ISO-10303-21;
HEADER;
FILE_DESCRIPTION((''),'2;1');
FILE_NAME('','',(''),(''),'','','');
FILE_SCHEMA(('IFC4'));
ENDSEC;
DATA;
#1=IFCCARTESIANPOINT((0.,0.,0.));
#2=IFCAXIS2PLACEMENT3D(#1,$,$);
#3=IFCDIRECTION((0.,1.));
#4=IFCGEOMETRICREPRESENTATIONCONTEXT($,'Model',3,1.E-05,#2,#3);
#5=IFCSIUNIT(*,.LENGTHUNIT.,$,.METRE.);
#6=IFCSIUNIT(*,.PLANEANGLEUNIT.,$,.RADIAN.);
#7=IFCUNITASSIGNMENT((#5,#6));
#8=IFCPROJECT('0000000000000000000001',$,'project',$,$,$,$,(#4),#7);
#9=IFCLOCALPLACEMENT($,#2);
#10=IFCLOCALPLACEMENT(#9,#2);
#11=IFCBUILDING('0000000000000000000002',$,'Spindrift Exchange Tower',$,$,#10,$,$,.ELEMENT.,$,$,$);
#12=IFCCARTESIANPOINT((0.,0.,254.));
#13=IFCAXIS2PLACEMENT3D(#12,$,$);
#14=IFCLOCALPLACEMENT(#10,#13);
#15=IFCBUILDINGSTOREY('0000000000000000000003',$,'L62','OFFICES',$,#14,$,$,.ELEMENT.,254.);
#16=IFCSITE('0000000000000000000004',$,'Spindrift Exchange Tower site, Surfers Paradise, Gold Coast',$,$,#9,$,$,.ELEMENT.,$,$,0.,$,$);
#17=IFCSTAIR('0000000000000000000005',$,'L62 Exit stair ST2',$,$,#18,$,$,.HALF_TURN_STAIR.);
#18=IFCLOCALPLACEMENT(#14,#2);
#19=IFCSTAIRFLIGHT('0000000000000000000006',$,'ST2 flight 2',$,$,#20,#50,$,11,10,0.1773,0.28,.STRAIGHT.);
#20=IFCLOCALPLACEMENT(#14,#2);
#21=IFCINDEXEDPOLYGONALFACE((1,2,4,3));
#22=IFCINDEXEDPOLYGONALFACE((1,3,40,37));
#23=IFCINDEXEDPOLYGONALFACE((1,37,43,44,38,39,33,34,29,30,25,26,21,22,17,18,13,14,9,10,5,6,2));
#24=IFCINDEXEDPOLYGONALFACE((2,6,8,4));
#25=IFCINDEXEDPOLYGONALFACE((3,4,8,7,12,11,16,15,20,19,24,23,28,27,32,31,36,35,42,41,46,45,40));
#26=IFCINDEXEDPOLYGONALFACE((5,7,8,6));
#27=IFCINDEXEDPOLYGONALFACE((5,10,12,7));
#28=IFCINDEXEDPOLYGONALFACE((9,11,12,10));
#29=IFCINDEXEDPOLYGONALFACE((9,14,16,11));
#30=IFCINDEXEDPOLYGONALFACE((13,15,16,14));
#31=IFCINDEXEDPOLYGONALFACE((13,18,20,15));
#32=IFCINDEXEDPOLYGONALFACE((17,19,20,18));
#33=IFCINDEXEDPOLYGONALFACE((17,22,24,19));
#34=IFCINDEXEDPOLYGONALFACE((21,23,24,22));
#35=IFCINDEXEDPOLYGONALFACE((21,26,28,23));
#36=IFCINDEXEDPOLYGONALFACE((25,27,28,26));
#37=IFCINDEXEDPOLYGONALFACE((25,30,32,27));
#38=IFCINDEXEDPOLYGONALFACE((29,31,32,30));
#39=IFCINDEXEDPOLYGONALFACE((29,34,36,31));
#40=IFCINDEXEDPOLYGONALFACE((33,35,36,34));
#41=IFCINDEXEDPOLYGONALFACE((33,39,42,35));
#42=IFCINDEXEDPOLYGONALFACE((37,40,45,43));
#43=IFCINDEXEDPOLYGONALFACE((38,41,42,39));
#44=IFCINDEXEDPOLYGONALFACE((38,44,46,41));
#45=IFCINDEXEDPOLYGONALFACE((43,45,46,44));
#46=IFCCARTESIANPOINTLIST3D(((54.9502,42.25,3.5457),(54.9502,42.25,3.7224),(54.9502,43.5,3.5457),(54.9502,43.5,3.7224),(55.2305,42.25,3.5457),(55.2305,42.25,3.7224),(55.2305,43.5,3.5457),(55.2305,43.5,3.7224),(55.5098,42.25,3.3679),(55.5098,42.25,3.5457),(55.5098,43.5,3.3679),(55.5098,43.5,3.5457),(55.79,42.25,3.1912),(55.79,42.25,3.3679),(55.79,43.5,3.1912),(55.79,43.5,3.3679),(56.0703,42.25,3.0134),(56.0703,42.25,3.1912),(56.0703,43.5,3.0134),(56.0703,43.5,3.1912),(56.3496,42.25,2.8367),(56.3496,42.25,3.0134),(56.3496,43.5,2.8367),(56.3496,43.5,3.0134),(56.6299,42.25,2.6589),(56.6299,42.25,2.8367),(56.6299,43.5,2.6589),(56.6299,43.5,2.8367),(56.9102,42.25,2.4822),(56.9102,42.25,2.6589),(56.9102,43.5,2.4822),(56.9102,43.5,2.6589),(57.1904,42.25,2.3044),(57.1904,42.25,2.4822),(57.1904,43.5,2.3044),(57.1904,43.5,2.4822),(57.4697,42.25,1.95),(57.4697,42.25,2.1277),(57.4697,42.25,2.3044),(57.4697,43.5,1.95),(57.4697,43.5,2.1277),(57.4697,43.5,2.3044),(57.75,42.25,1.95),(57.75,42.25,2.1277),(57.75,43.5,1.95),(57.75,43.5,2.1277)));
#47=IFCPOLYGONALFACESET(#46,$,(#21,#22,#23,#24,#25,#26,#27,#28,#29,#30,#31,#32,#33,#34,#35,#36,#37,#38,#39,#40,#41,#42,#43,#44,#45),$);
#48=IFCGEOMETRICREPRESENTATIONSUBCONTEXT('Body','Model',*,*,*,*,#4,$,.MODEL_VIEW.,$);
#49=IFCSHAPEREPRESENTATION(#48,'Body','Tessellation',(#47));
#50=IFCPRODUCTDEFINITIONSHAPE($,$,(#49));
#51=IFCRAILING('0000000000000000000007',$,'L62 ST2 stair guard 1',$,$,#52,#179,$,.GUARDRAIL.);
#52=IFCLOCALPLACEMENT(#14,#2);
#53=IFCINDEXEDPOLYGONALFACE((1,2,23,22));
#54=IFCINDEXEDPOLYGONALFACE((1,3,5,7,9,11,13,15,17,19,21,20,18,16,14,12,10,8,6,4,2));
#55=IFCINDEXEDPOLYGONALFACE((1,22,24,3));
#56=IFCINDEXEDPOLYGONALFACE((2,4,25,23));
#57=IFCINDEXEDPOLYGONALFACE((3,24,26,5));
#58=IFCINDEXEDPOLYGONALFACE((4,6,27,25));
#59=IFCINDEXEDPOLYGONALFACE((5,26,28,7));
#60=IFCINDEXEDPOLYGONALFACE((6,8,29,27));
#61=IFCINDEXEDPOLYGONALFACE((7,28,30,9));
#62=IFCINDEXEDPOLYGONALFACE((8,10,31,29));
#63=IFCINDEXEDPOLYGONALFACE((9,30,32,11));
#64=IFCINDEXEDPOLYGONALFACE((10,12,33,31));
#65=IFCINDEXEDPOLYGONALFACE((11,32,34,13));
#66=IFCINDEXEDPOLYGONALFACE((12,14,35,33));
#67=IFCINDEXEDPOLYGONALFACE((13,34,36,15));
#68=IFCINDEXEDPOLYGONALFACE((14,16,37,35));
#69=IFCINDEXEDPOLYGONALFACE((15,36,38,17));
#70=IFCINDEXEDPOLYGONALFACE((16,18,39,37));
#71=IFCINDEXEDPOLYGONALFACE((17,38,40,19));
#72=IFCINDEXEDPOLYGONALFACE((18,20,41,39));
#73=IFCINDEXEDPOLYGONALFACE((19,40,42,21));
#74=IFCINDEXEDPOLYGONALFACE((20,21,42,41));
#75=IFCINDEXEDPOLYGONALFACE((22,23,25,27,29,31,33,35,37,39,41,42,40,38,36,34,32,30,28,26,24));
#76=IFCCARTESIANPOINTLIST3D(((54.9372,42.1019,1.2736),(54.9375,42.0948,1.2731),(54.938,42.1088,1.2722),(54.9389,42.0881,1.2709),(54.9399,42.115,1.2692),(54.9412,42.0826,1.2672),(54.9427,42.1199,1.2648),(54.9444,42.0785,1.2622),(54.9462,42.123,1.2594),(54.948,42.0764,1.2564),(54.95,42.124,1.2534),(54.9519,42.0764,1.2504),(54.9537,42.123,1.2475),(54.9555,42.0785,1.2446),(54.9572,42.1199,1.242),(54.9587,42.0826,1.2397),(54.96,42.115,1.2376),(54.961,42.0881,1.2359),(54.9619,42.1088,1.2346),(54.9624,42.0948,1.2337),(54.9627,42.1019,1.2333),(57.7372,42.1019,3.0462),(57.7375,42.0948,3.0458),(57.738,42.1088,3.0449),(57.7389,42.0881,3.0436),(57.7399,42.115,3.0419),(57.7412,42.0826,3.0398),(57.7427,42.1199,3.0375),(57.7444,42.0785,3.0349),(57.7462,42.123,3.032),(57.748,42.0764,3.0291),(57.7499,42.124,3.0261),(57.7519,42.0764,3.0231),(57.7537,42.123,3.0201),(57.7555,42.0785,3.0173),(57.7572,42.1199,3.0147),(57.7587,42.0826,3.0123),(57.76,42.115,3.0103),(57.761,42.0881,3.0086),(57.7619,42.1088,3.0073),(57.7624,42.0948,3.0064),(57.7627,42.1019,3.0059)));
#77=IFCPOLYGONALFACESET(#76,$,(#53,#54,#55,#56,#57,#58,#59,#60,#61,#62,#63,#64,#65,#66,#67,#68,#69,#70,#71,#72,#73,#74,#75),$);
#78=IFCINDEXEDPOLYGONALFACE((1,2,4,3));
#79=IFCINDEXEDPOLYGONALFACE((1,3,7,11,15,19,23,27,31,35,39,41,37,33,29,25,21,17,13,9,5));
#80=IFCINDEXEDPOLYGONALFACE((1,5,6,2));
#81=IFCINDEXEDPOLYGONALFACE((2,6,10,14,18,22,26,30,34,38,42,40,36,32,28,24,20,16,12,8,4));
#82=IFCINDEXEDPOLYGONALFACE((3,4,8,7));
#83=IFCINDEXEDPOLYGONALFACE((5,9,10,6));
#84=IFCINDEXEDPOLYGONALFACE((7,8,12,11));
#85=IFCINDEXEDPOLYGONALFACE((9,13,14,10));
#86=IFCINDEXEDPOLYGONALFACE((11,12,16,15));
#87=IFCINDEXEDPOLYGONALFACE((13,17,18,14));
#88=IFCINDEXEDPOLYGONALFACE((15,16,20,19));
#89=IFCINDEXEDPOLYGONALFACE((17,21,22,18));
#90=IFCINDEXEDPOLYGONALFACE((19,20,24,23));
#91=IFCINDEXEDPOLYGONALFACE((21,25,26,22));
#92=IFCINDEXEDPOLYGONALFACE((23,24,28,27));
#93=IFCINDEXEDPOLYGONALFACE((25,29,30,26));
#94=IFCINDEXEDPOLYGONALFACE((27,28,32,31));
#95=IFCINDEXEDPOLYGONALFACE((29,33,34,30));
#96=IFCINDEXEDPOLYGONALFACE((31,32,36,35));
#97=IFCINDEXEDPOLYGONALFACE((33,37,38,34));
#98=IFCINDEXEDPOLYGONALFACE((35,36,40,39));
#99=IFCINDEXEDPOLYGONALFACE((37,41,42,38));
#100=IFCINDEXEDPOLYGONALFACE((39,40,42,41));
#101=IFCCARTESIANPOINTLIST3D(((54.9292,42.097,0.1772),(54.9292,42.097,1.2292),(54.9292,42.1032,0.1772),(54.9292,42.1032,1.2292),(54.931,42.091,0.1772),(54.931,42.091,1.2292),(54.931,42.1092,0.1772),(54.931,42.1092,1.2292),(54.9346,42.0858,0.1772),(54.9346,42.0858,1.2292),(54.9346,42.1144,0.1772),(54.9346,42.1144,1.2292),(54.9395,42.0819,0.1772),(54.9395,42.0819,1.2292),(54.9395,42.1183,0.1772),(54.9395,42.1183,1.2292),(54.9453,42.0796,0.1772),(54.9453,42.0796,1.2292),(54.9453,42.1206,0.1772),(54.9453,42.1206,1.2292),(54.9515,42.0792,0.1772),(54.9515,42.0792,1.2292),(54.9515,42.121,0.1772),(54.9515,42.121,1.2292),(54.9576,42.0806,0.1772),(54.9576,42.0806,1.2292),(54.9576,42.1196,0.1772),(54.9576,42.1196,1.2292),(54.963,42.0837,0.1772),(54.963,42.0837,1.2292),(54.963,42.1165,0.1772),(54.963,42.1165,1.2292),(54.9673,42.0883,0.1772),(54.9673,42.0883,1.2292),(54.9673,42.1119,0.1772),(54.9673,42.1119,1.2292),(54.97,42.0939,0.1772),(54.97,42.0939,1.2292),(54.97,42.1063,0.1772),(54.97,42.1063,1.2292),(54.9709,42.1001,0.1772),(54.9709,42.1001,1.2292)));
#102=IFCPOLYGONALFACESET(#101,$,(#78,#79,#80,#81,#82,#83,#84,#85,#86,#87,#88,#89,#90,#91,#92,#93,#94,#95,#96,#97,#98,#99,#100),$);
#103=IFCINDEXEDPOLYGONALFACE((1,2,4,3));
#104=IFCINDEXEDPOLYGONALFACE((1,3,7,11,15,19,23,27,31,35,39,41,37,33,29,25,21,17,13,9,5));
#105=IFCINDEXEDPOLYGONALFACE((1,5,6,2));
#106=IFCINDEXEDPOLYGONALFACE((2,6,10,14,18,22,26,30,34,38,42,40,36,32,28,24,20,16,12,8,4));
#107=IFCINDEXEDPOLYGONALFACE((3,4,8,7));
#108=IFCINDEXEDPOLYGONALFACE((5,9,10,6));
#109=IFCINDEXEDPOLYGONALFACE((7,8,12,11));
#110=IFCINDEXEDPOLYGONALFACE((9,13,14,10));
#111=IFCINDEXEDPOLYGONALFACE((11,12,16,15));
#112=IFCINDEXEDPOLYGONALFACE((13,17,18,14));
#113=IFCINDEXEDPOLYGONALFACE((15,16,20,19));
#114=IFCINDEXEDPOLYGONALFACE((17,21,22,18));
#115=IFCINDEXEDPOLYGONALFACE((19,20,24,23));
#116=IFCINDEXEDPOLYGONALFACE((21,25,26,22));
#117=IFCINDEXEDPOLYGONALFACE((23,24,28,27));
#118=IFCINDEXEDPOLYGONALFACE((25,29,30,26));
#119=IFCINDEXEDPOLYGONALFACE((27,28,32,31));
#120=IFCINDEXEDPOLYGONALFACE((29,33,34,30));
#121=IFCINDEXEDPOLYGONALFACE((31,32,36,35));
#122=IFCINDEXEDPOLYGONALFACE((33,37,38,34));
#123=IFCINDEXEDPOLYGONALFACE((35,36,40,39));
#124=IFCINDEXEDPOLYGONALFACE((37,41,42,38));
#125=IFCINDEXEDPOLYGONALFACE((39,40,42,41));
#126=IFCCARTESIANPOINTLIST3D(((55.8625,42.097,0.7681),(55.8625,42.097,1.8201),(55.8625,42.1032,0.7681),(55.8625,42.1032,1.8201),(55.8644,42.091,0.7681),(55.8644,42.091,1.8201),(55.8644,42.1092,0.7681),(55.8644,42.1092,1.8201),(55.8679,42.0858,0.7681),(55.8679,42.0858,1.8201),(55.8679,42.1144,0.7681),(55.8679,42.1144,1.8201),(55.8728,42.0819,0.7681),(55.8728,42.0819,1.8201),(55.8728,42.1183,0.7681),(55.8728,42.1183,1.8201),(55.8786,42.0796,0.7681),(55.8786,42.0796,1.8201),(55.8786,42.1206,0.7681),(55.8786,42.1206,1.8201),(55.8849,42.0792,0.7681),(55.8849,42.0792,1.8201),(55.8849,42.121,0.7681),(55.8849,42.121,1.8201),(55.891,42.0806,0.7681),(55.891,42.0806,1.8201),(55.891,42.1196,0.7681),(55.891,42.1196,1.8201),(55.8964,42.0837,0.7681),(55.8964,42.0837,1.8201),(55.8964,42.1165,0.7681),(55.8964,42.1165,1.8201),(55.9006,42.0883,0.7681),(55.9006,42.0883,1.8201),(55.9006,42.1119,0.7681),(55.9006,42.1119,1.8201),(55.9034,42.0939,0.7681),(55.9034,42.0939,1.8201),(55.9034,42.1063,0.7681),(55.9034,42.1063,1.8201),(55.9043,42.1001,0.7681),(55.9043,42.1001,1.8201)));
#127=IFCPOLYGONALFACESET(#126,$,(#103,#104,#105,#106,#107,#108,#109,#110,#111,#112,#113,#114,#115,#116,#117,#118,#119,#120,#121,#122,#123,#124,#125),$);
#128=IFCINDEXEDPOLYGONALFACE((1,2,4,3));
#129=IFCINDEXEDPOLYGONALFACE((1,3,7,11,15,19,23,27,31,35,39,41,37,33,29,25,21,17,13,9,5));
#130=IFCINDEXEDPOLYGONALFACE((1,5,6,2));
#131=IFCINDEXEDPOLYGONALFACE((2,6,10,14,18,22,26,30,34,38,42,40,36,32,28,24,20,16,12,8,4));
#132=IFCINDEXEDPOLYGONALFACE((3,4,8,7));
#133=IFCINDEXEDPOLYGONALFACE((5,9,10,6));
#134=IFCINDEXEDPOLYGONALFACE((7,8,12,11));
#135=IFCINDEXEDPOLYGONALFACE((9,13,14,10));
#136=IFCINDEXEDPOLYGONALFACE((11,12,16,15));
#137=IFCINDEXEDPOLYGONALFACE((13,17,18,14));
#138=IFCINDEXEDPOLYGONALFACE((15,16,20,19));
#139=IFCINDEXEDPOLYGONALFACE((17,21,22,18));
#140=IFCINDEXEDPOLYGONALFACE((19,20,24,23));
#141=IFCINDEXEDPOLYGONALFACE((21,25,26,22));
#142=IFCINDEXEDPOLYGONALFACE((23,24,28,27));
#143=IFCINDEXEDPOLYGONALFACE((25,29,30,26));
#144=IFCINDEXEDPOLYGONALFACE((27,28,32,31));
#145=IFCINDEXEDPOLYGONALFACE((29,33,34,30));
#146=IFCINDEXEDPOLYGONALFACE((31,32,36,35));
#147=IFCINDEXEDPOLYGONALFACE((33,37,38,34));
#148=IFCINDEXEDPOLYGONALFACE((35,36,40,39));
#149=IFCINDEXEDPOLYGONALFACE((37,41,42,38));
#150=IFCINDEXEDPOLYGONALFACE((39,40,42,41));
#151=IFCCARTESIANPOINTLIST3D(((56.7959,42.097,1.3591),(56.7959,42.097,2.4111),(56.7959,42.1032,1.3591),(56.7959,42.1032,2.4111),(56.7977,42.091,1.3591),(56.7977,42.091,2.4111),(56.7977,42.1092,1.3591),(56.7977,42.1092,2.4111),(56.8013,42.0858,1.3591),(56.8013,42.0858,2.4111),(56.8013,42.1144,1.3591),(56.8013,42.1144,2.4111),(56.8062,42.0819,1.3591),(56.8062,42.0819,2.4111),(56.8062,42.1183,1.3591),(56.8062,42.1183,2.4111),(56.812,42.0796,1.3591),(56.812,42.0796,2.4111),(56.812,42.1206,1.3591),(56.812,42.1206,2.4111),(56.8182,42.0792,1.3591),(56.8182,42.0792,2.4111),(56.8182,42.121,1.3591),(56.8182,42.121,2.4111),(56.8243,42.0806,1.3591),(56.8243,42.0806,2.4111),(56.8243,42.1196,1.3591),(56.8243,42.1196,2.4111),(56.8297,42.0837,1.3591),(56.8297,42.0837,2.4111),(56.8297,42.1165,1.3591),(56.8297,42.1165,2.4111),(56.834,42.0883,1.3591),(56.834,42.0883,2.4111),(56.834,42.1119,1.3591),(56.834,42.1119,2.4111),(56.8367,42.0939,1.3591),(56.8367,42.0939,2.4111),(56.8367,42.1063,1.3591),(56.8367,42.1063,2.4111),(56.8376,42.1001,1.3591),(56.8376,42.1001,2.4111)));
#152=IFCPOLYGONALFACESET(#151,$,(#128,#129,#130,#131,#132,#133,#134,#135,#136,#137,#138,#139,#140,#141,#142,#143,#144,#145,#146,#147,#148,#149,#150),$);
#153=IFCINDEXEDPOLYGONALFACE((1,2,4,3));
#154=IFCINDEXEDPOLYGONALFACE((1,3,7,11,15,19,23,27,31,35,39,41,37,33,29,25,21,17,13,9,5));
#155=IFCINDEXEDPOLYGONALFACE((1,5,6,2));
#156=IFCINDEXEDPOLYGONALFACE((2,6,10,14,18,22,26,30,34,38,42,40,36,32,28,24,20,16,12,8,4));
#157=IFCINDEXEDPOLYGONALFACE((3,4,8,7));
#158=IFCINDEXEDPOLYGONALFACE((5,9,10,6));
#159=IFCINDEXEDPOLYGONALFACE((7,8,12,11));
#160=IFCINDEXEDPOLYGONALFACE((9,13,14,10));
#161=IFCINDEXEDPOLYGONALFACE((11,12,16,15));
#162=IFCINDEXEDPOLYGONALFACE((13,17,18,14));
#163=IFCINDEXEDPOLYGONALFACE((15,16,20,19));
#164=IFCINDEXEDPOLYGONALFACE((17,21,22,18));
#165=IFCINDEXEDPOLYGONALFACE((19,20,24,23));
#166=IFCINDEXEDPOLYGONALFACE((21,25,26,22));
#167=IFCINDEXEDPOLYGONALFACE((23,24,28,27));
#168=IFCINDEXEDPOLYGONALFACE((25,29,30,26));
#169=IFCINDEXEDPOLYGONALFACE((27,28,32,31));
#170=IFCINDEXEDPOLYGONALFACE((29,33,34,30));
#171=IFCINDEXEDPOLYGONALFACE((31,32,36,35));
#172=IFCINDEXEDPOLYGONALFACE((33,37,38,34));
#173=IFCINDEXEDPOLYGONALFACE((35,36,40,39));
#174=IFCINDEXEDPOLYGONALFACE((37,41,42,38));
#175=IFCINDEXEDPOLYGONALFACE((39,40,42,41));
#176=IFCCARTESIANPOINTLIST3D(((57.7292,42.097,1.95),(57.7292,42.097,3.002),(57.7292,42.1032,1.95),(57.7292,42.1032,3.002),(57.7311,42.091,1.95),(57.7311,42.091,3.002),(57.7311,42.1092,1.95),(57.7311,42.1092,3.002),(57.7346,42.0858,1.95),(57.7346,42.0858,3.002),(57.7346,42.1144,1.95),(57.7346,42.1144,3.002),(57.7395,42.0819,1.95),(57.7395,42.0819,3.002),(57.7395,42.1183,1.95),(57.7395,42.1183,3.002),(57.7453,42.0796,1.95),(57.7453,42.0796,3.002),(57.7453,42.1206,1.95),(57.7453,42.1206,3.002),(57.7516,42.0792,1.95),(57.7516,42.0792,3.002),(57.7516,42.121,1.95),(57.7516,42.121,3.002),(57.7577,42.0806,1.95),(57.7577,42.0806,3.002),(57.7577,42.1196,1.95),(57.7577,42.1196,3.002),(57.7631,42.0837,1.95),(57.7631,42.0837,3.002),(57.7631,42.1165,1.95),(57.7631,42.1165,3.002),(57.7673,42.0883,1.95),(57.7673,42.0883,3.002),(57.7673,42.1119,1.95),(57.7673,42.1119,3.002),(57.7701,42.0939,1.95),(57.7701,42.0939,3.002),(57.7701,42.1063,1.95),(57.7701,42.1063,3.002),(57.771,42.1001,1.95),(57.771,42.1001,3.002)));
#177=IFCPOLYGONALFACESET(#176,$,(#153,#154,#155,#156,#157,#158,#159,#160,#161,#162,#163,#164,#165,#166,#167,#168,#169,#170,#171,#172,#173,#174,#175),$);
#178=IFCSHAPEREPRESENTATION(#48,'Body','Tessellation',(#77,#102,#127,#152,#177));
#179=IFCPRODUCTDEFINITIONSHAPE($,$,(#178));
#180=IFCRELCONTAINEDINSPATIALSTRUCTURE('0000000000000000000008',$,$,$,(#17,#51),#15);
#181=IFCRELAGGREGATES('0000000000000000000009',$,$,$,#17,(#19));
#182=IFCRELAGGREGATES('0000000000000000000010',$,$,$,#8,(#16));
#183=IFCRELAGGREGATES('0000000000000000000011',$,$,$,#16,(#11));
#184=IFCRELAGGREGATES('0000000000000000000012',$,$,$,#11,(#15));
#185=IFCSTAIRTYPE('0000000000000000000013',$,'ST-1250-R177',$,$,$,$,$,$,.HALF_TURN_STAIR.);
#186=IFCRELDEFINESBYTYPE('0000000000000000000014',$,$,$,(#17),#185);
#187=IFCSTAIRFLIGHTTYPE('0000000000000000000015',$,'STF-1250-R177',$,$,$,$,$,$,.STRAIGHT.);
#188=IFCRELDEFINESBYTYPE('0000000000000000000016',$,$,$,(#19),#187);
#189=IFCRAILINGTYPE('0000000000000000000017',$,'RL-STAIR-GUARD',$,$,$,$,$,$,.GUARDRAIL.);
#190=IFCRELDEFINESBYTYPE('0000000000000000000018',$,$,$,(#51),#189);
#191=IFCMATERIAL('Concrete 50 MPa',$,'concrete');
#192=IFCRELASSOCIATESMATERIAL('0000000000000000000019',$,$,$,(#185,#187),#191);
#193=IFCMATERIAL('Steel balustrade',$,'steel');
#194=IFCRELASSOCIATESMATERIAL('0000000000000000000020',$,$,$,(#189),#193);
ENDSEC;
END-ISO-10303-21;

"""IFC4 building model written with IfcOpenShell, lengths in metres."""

from ifc_helpers import new_model, si_unit, direction, frame, origin, origin_2d, place, context, subcontext, project, spatial, line, indexed_curve, circle, outline, extrude, material, type_object, element, aggregate, save


model = new_model("IFC4")

# Units and contexts
model_context = context("Model", 3, precision=1e-05, world=origin(), true_north=direction((0.0, 1.0)))
body_context = subcontext(model_context, "Body", "Model", "MODEL_VIEW")
ifc_project = project(units=[si_unit("LENGTHUNIT", "METRE"), si_unit("PLANEANGLEUNIT", "RADIAN")], contexts=[model_context])

# Site, building, storey
site_placement = place(None, origin())
site = spatial("IfcSite", under=ifc_project, at=site_placement, Name="Spindrift Exchange Tower site, Surfers Paradise, Gold Coast", CompositionType="ELEMENT", RefElevation=0.0)
building_placement = place(site_placement, origin())
building = spatial("IfcBuilding", under=site, at=building_placement, Name="Spindrift Exchange Tower", CompositionType="ELEMENT")
storey_placement = place(building_placement, frame((0.0, 0.0, 254.0)))
storey = spatial("IfcBuildingStorey", under=building, at=storey_placement, Name="L62", Description="OFFICES", CompositionType="ELEMENT", Elevation=254.0)

# Shared definitions
ifc_material_1 = material(Name="Concrete 50 MPa", Category="concrete")

# Stair, stair flight
stair_type = type_object("IfcStairType", Name="ST-1250-R177", PredefinedType="HALF_TURN_STAIR", material=ifc_material_1)
stair_placement = place(storey_placement, origin())
stair = element("IfcStair", 1, at=stair_placement, inside=storey, type_object=stair_type, Name="L62 Exit stair ST2", PredefinedType="HALF_TURN_STAIR")
stair_flight_type = type_object("IfcStairFlightType", Name="STF-1250-R177", PredefinedType="STRAIGHT", material=ifc_material_1)
stair_flight_1_placement = place(storey_placement, frame((57.75, 42.875, 1.95), z_axis=(0.0, 0.0, 1.0), x_axis=(-1.0, 0.0, 0.0)))
stair_flight_1 = element("IfcStairFlight", 2, at=stair_flight_1_placement, type_object=stair_flight_type, Name="ST2 flight 2", NumberOfRisers=11, NumberOfTreads=10, PredefinedType="STRAIGHT", RiserHeight=0.1773, TreadLength=0.28, context=body_context, shape_type="SweptSolid", body=[
    extrude(outline(indexed_curve([(0.0, 0.0), (0.0, 0.1777), (0.2803, 0.1777), (0.2803, 0.3545), (0.5596, 0.3545), (0.5596, 0.5322), (0.8398, 0.5322), (0.8398, 0.709), (1.1201, 0.709), (1.1201, 0.8867), (1.4004, 0.8867), (1.4004, 1.0635), (1.6797, 1.0635), (1.6797, 1.2412), (1.96, 1.2412), (1.96, 1.418), (2.2402, 1.418), (2.2402, 1.5957), (2.5195, 1.5957), (2.5195, 1.7725), (2.7998, 1.7725), (2.7998, 1.9502), (2.7998, 1.5957), (0.2803, 0.0)], segments=[line(1, 2, 3, 4, 5, 6, 7, 8, 9, 10, 11, 12, 13, 14, 15, 16, 17, 18, 19, 20, 21, 22, 23, 24, 1)], self_intersect=False)), frame((0.0, 0.625, 0.0), z_axis=(0.0, -1.0, 0.0), x_axis=(1.0, 0.0, 0.0)), (0.0, 0.0, 1.0), 1.25),
])
aggregate(stair, [stair_flight_1])

# Railing
ifc_material_2 = material(Name="Steel balustrade", Category="steel")
railing_type_1 = type_object("IfcRailingType", Name="RL-STAIR-GUARD", PredefinedType="GUARDRAIL", material=ifc_material_2)
railing_1_placement = place(storey_placement, frame((54.95, 42.1001, 0.1772)))
element("IfcRailing", 3, at=railing_1_placement, inside=storey, type_object=railing_type_1, Name="L62 ST2 stair guard 1", PredefinedType="GUARDRAIL", context=body_context, shape_type="SweptSolid", body=[
    extrude(circle(Radius=0.0239, at=origin_2d()), frame((0.0, 0.0, 1.0762), z_axis=(0.844909, 0.0, 0.53491), x_axis=(0.0, 1.0, 0.0)), (0.0, 0.0, 1.0), 3.314),
    extrude(circle(Radius=0.021, at=origin_2d()), origin(), (0.0, 0.0, 1.0), 1.052),
    extrude(circle(Radius=0.021, at=origin_2d()), frame((0.9333, 0.0, 0.5908)), (0.0, 0.0, 1.0), 1.052),
    extrude(circle(Radius=0.021, at=origin_2d()), frame((1.8667, 0.0, 1.1819)), (0.0, 0.0, 1.0), 1.052),
    extrude(circle(Radius=0.021, at=origin_2d()), frame((2.8, 0.0, 1.7727)), (0.0, 0.0, 1.0), 1.052),
])

save(model, "model.ifc")
